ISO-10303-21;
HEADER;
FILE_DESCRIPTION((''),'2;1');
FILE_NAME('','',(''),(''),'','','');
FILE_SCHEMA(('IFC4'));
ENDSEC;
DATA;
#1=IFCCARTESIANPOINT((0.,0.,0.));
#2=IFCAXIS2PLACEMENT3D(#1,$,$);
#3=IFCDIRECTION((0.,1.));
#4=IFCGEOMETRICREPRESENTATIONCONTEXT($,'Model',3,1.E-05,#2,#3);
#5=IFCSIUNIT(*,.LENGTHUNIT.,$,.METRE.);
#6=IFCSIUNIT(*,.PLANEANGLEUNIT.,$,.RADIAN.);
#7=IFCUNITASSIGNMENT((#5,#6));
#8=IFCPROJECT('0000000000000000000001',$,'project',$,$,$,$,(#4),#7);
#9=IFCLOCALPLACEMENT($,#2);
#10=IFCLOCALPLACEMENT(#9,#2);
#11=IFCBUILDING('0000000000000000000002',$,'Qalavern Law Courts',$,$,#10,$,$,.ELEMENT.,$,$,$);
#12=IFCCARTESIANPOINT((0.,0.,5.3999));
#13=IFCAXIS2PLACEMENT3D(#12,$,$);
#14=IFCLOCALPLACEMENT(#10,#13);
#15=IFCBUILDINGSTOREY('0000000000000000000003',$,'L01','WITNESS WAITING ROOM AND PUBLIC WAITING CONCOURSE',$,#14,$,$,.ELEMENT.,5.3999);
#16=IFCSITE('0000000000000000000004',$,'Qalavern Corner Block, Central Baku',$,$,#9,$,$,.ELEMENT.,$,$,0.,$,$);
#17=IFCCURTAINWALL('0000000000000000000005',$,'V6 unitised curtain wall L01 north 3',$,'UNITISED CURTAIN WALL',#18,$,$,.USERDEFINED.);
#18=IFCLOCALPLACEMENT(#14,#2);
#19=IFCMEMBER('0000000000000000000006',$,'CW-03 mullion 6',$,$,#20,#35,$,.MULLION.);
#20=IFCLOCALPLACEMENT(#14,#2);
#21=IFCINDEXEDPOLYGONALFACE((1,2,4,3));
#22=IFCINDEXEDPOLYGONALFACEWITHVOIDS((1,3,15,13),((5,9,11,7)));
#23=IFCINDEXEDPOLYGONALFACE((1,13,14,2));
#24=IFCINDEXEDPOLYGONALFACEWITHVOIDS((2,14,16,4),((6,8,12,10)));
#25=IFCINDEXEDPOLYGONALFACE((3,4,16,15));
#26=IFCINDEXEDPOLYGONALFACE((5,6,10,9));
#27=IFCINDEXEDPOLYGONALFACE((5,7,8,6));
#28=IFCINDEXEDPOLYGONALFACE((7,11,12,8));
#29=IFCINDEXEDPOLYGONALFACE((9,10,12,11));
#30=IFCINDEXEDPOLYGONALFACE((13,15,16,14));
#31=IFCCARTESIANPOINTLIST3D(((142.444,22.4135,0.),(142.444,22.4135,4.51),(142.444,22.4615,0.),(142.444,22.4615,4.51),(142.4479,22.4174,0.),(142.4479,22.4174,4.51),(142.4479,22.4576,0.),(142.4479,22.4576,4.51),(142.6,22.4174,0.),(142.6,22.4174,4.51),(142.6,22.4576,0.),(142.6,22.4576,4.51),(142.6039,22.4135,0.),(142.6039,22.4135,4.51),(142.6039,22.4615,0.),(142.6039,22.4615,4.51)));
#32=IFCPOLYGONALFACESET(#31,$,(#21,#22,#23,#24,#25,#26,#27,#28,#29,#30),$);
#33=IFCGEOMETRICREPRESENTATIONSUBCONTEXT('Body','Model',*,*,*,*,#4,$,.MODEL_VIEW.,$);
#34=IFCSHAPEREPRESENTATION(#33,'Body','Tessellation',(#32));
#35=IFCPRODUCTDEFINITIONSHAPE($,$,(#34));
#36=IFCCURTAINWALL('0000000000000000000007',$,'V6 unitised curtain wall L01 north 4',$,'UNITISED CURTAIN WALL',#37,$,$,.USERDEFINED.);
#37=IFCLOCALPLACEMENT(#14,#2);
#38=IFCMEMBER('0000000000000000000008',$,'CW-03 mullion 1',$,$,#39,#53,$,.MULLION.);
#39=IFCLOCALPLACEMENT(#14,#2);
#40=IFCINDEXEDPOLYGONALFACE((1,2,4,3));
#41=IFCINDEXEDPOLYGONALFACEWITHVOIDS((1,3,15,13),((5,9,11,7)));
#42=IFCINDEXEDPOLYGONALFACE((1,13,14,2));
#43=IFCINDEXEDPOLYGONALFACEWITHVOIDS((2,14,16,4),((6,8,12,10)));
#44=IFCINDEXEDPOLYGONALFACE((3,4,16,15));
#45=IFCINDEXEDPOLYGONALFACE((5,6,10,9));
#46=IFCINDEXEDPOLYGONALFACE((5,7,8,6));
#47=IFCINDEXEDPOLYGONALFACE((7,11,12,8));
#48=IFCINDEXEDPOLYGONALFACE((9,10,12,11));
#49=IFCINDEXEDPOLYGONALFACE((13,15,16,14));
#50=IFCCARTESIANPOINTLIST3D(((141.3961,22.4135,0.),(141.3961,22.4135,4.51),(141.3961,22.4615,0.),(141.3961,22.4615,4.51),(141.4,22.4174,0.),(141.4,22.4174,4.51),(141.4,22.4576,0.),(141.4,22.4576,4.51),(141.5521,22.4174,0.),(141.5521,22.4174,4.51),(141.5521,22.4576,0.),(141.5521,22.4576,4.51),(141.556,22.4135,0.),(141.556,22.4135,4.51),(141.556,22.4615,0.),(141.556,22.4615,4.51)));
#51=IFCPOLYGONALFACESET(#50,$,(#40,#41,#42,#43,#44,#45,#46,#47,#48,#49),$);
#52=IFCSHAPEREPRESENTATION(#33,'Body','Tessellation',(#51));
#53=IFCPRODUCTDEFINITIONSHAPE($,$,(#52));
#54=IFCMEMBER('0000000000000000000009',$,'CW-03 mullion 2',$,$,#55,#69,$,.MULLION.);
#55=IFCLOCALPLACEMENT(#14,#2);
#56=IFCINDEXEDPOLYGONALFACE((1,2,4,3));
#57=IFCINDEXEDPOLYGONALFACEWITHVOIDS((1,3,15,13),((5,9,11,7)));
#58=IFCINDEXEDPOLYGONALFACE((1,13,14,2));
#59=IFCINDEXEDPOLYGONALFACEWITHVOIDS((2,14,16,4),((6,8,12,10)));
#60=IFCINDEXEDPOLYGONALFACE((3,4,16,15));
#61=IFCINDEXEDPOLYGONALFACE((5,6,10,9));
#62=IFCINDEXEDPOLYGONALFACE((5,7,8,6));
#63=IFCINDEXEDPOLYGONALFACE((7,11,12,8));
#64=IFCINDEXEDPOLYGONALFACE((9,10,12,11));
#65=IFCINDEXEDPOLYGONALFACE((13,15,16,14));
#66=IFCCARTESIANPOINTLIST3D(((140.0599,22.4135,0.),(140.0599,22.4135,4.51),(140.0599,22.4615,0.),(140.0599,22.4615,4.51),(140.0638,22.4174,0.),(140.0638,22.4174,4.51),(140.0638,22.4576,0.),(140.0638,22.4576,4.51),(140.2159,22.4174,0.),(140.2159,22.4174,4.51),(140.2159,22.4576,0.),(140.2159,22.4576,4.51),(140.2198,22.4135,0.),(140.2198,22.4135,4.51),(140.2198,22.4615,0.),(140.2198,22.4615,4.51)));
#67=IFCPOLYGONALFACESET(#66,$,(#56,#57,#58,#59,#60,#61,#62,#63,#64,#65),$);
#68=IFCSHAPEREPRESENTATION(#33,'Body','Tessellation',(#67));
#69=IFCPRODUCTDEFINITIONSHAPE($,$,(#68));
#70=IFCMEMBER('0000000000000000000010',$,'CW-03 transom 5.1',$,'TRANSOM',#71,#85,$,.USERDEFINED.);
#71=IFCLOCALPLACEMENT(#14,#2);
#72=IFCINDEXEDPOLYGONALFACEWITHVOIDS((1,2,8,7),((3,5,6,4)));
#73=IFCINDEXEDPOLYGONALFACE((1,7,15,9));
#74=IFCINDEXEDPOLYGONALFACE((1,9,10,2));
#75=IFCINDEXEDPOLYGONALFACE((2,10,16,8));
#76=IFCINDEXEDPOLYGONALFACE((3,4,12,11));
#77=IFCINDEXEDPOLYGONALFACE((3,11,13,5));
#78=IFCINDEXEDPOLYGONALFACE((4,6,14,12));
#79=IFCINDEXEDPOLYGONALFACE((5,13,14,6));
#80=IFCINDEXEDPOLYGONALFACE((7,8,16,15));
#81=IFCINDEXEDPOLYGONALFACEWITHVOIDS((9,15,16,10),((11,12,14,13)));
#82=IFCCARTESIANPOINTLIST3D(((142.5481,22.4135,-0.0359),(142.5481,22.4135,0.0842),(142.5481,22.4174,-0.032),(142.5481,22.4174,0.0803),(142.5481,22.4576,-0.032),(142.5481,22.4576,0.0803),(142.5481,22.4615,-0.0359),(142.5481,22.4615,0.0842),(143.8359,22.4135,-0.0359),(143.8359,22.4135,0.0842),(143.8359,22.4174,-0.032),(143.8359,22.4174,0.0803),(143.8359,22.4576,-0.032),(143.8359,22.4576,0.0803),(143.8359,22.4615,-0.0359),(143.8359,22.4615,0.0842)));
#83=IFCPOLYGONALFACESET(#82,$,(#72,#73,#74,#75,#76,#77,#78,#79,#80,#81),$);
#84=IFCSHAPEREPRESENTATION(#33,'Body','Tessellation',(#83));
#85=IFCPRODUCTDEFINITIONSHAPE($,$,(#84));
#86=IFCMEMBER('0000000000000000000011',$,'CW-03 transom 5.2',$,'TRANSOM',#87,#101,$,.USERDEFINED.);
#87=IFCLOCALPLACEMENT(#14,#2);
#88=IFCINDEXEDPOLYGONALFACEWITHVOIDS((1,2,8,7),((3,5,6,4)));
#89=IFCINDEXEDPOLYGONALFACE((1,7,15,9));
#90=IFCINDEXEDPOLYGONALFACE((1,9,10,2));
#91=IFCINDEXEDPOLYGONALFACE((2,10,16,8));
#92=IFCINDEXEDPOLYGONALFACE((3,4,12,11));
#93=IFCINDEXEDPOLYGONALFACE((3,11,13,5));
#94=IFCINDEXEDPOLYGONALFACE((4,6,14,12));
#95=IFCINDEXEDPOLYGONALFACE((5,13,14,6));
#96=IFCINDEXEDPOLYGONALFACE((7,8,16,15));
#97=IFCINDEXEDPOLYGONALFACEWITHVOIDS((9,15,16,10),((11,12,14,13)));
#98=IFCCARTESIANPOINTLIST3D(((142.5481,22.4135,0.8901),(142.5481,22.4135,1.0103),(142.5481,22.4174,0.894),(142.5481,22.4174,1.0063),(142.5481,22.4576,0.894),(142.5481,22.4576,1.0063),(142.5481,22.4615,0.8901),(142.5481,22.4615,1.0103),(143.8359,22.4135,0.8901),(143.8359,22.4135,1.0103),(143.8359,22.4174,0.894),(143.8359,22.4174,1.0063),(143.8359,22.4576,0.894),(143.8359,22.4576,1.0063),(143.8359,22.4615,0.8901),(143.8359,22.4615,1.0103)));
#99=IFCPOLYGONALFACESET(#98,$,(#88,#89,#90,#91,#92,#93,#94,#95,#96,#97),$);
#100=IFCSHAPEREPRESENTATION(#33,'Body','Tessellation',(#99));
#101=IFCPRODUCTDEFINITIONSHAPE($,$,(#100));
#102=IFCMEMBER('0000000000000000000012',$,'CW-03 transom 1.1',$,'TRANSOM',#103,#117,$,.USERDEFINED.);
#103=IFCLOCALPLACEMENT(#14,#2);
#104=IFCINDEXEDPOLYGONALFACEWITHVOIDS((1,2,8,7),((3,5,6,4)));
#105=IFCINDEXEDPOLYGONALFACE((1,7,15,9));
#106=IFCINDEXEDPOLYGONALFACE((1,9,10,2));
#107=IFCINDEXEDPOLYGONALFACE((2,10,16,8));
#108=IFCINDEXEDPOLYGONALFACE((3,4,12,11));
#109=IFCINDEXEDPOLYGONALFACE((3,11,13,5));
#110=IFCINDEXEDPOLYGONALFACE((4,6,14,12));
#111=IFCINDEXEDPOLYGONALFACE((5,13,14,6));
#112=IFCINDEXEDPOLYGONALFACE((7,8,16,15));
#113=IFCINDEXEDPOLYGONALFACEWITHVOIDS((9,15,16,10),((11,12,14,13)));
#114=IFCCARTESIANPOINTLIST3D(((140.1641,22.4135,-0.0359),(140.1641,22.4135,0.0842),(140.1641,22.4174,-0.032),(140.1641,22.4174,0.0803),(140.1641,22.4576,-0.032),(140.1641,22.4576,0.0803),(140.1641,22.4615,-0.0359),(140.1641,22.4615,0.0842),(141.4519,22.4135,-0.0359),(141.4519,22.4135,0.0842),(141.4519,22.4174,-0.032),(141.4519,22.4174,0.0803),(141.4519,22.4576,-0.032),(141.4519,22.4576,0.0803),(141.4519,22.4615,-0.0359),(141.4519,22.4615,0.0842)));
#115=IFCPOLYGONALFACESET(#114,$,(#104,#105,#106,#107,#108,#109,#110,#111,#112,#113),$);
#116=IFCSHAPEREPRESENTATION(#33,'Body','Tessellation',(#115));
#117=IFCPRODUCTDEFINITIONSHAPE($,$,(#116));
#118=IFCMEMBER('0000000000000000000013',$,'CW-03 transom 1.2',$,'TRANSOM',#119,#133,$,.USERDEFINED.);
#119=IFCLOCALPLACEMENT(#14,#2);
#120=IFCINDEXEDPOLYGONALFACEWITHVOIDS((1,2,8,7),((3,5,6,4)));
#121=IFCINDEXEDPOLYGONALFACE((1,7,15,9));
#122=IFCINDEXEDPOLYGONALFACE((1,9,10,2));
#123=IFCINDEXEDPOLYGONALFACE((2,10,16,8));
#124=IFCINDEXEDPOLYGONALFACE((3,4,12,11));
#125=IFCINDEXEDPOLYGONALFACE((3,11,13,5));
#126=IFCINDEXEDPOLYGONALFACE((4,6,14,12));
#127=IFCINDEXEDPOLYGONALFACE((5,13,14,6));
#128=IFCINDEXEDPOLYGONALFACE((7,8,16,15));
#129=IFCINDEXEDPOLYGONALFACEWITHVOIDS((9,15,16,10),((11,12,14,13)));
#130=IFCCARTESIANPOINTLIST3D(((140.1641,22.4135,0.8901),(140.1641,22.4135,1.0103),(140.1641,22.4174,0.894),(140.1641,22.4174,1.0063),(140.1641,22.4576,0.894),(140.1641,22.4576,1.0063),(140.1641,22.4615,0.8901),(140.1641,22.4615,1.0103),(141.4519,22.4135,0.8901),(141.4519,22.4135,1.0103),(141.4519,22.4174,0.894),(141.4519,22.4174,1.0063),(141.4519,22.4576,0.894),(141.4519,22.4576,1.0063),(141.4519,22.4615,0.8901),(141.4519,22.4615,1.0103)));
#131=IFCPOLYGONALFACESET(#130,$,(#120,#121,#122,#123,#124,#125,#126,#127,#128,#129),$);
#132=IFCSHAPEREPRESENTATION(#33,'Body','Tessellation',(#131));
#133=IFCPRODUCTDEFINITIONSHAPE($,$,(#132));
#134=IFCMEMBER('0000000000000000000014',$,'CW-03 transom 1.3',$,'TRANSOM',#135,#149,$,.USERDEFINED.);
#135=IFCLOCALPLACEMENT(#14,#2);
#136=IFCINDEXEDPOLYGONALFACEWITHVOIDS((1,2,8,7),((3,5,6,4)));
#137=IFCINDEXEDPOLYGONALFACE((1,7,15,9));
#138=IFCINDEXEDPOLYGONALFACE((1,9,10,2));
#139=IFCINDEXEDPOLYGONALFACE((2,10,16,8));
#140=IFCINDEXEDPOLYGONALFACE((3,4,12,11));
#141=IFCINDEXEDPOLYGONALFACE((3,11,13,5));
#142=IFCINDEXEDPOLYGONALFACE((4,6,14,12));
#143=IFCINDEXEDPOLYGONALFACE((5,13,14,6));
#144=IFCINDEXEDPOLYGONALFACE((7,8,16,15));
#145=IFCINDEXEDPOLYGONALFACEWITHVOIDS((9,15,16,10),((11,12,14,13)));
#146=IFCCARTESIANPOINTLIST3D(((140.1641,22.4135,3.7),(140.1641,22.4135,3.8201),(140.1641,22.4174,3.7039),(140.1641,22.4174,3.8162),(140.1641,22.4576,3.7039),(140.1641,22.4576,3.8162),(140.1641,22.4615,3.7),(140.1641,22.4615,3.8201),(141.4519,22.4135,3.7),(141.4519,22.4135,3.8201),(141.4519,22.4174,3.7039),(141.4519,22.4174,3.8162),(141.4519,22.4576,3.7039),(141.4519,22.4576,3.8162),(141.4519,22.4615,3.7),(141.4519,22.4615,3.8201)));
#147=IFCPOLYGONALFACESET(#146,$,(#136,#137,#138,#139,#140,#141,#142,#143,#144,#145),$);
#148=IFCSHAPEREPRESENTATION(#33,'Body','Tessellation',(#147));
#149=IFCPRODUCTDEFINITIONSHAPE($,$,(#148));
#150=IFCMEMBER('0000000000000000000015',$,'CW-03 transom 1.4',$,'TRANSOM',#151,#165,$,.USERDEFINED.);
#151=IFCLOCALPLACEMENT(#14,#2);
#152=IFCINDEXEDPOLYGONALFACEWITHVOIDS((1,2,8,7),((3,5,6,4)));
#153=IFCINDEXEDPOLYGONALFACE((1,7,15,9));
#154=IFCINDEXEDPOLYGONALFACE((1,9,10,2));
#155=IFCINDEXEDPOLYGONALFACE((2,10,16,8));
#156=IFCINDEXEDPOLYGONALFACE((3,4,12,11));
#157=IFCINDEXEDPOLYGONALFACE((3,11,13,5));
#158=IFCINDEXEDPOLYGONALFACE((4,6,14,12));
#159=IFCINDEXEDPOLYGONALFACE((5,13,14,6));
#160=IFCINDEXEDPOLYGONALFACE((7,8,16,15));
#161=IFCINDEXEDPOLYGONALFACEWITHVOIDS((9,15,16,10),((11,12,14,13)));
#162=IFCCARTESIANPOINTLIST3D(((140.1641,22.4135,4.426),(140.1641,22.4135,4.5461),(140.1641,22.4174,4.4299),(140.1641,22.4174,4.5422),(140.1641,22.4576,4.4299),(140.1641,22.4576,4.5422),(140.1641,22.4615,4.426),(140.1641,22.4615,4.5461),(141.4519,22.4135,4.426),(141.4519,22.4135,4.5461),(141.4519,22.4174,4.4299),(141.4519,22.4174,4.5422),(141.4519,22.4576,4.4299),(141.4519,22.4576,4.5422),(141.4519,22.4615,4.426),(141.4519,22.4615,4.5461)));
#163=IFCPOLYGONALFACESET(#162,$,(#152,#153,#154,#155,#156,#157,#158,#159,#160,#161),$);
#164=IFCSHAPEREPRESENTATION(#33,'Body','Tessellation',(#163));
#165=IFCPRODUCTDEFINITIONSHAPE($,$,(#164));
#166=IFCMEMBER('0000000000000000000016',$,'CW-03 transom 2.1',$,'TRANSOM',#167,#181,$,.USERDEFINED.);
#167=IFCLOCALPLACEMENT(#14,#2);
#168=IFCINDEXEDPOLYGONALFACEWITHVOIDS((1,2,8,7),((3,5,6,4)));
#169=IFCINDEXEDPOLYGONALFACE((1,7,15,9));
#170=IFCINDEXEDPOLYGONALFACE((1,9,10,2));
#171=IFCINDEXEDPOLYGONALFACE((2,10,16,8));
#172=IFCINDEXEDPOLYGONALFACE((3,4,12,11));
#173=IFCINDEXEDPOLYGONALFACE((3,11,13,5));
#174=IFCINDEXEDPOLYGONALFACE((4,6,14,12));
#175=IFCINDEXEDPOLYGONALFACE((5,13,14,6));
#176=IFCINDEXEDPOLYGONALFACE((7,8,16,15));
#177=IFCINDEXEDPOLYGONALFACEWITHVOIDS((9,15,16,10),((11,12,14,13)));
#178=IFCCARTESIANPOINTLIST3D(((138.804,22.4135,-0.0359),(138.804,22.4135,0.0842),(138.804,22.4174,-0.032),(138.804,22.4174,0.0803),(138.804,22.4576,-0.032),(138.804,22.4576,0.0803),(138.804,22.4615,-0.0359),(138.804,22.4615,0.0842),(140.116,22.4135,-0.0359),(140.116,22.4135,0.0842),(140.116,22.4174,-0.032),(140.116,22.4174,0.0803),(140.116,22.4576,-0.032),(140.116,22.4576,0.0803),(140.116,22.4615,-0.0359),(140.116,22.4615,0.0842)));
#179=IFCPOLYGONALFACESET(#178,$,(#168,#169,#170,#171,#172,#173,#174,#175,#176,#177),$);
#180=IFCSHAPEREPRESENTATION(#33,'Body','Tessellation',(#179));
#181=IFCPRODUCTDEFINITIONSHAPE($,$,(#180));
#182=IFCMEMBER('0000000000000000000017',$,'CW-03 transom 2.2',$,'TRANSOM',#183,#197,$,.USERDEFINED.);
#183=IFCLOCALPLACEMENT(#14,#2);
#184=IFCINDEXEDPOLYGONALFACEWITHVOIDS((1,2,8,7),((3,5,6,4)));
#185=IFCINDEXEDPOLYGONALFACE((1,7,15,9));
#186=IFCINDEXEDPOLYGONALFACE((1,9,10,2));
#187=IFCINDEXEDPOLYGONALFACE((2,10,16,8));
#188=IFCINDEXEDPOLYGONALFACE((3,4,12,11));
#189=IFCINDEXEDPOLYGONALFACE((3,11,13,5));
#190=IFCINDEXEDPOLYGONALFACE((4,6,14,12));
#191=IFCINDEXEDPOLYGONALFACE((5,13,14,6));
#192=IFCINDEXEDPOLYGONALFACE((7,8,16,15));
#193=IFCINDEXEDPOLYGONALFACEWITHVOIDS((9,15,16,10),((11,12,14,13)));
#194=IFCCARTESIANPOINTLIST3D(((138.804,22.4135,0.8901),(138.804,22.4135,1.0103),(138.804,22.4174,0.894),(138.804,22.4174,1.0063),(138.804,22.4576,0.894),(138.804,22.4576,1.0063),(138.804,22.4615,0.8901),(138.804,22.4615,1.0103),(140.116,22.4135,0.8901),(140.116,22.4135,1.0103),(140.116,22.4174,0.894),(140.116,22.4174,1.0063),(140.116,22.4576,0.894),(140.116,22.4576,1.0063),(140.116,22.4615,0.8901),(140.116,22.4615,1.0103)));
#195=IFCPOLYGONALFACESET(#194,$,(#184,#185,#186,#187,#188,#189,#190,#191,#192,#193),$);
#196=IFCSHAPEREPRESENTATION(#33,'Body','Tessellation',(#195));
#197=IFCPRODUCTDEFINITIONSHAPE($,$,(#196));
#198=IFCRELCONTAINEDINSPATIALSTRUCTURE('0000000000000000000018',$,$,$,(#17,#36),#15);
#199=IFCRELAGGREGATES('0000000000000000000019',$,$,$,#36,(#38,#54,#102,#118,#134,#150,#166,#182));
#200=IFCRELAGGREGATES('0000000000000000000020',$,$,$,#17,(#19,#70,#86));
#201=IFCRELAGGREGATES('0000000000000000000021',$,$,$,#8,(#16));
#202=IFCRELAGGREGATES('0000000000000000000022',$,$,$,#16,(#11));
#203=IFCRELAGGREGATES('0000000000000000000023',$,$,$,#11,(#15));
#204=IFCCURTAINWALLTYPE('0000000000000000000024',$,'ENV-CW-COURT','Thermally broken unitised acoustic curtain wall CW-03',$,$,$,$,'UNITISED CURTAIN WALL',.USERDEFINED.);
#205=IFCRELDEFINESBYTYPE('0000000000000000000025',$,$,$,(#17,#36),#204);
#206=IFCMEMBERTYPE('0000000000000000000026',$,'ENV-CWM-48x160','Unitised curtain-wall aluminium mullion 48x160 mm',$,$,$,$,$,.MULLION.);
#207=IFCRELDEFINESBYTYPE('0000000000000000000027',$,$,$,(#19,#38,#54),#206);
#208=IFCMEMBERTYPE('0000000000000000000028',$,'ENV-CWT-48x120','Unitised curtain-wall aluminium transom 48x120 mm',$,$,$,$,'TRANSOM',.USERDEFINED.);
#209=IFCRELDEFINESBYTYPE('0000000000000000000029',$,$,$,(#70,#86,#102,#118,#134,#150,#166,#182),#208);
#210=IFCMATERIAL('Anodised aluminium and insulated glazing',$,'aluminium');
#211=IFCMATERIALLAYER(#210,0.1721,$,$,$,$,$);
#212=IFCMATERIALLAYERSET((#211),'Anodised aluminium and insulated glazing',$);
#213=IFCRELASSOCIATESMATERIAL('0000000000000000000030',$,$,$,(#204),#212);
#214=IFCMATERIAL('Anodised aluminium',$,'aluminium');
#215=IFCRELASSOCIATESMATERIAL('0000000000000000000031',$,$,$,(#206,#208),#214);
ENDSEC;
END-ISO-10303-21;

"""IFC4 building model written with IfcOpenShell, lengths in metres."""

from ifc_helpers import new_model, si_unit, direction, frame, origin, origin_2d, place, context, subcontext, project, spatial, hollow_rectangle, extrude, material, layer, layer_set, material_profile, profile_set, type_object, element, aggregate, save


model = new_model("IFC4")

# Units and contexts
model_context = context("Model", 3, precision=1e-05, world=origin(), true_north=direction((0.0, 1.0)))
body_context = subcontext(model_context, "Body", "Model", "MODEL_VIEW")
ifc_project = project(units=[si_unit("LENGTHUNIT", "METRE"), si_unit("PLANEANGLEUNIT", "RADIAN")], contexts=[model_context])

# Site, building, storey
site_placement = place(None, origin())
site = spatial("IfcSite", under=ifc_project, at=site_placement, Name="Qalavern Corner Block, Central Baku", CompositionType="ELEMENT", RefElevation=0.0)
building_placement = place(site_placement, origin())
building = spatial("IfcBuilding", under=site, at=building_placement, Name="Qalavern Law Courts", CompositionType="ELEMENT")
storey_placement = place(building_placement, frame((0.0, 0.0, 5.3999)))
storey = spatial("IfcBuildingStorey", under=building, at=storey_placement, Name="L01", Description="WITNESS WAITING ROOM AND PUBLIC WAITING CONCOURSE", CompositionType="ELEMENT", Elevation=5.3999)

# Curtain wall, member
ifc_material_1 = material(Name="Anodised aluminium and insulated glazing", Category="aluminium")
ifc_layer_1 = layer(ifc_material_1, 0.1721)
ifc_layer_set_1 = layer_set([ifc_layer_1], Name="Anodised aluminium and insulated glazing")
curtain_wall_type = type_object("IfcCurtainWallType", Name="ENV-CW-COURT", Description="Thermally broken unitised acoustic curtain wall CW-03", ElementType="UNITISED CURTAIN WALL", PredefinedType="USERDEFINED", material=ifc_layer_set_1)
curtain_wall_1_placement = place(storey_placement, origin())
curtain_wall_1 = element("IfcCurtainWall", 1, at=curtain_wall_1_placement, inside=storey, type_object=curtain_wall_type, Name="V6 unitised curtain wall L01 north 3", ObjectType="UNITISED CURTAIN WALL", PredefinedType="USERDEFINED")
ifc_material_2 = material(Name="Anodised aluminium", Category="aluminium")
ifc_material_profile_1 = material_profile(ifc_material_2, hollow_rectangle(XDim=0.0481, YDim=0.1599, WallThickness=0.0039, at=origin_2d()), Name="ALU MULLION 48x160")
ifc_profile_set_1 = profile_set([ifc_material_profile_1], Name="Anodised aluminium")
member_type_1 = type_object("IfcMemberType", Name="ENV-CWM-48x160", Description="Unitised curtain-wall aluminium mullion 48x160 mm", PredefinedType="MULLION", material=ifc_profile_set_1)
member_1_placement = place(storey_placement, frame((142.5239, 22.4375, 0.0), z_axis=(0.0, 0.0, 1.0), x_axis=(0.0, -1.0, 0.0)))
member_1 = element("IfcMember", 2, at=member_1_placement, type_object=member_type_1, Name="CW-03 mullion 6", PredefinedType="MULLION", context=body_context, shape_type="SweptSolid", body=[
    extrude(hollow_rectangle(XDim=0.0481, YDim=0.1599, WallThickness=0.0039, at=origin_2d()), origin(), (0.0, 0.0, 1.0), 4.51),
])

# Curtain wall, members
curtain_wall_2_placement = place(storey_placement, origin())
curtain_wall_2 = element("IfcCurtainWall", 3, at=curtain_wall_2_placement, inside=storey, type_object=curtain_wall_type, Name="V6 unitised curtain wall L01 north 4", ObjectType="UNITISED CURTAIN WALL", PredefinedType="USERDEFINED")
member_2_placement = place(storey_placement, frame((141.4761, 22.4375, 0.0), z_axis=(0.0, 0.0, 1.0), x_axis=(0.0, -1.0, 0.0)))
member_2 = element("IfcMember", 4, at=member_2_placement, type_object=member_type_1, Name="CW-03 mullion 1", PredefinedType="MULLION", context=body_context, shape_type="SweptSolid", body=[
    extrude(hollow_rectangle(XDim=0.0481, YDim=0.1599, WallThickness=0.0039, at=origin_2d()), origin(), (0.0, 0.0, 1.0), 4.51),
])
member_3_placement = place(storey_placement, frame((140.1399, 22.4375, 0.0), z_axis=(0.0, 0.0, 1.0), x_axis=(0.0, -1.0, 0.0)))
member_3 = element("IfcMember", 5, at=member_3_placement, type_object=member_type_1, Name="CW-03 mullion 2", PredefinedType="MULLION", context=body_context, shape_type="SweptSolid", body=[
    extrude(hollow_rectangle(XDim=0.0481, YDim=0.1599, WallThickness=0.0039, at=origin_2d()), origin(), (0.0, 0.0, 1.0), 4.51),
])

# Members
ifc_material_profile_2 = material_profile(ifc_material_2, hollow_rectangle(XDim=0.0481, YDim=0.1201, WallThickness=0.0039, at=origin_2d()), Name="ALU TRANSOM 48x120")
ifc_profile_set_2 = profile_set([ifc_material_profile_2], Name="Anodised aluminium")
member_type_2 = type_object("IfcMemberType", Name="ENV-CWT-48x120", Description="Unitised curtain-wall aluminium transom 48x120 mm", ElementType="TRANSOM", PredefinedType="USERDEFINED", material=ifc_profile_set_2)
member_4_placement = place(storey_placement, frame((143.8359, 22.4375, 0.0242), z_axis=(-1.0, 0.0, 0.0), x_axis=(0.0, -1.0, 0.0)))
member_4 = element("IfcMember", 6, at=member_4_placement, type_object=member_type_2, Name="CW-03 transom 5.1", ObjectType="TRANSOM", PredefinedType="USERDEFINED", context=body_context, shape_type="SweptSolid", body=[
    extrude(hollow_rectangle(XDim=0.0481, YDim=0.1201, WallThickness=0.0039, at=origin_2d()), origin(), (0.0, 0.0, 1.0), 1.2878),
])
member_5_placement = place(storey_placement, frame((143.8359, 22.4375, 0.9502), z_axis=(-1.0, 0.0, 0.0), x_axis=(0.0, -1.0, 0.0)))
member_5 = element("IfcMember", 7, at=member_5_placement, type_object=member_type_2, Name="CW-03 transom 5.2", ObjectType="TRANSOM", PredefinedType="USERDEFINED", context=body_context, shape_type="SweptSolid", body=[
    extrude(hollow_rectangle(XDim=0.0481, YDim=0.1201, WallThickness=0.0039, at=origin_2d()), origin(), (0.0, 0.0, 1.0), 1.2878),
])
member_6_placement = place(storey_placement, frame((141.4519, 22.4375, 0.0242), z_axis=(-1.0, 0.0, 0.0), x_axis=(0.0, -1.0, 0.0)))
member_6 = element("IfcMember", 8, at=member_6_placement, type_object=member_type_2, Name="CW-03 transom 1.1", ObjectType="TRANSOM", PredefinedType="USERDEFINED", context=body_context, shape_type="SweptSolid", body=[
    extrude(hollow_rectangle(XDim=0.0481, YDim=0.1201, WallThickness=0.0039, at=origin_2d()), origin(), (0.0, 0.0, 1.0), 1.2878),
])
member_7_placement = place(storey_placement, frame((141.4519, 22.4375, 0.9502), z_axis=(-1.0, 0.0, 0.0), x_axis=(0.0, -1.0, 0.0)))
member_7 = element("IfcMember", 9, at=member_7_placement, type_object=member_type_2, Name="CW-03 transom 1.2", ObjectType="TRANSOM", PredefinedType="USERDEFINED", context=body_context, shape_type="SweptSolid", body=[
    extrude(hollow_rectangle(XDim=0.0481, YDim=0.1201, WallThickness=0.0039, at=origin_2d()), origin(), (0.0, 0.0, 1.0), 1.2878),
])
member_8_placement = place(storey_placement, frame((141.4519, 22.4375, 3.76), z_axis=(-1.0, 0.0, 0.0), x_axis=(0.0, -1.0, 0.0)))
member_8 = element("IfcMember", 10, at=member_8_placement, type_object=member_type_2, Name="CW-03 transom 1.3", ObjectType="TRANSOM", PredefinedType="USERDEFINED", context=body_context, shape_type="SweptSolid", body=[
    extrude(hollow_rectangle(XDim=0.0481, YDim=0.1201, WallThickness=0.0039, at=origin_2d()), origin(), (0.0, 0.0, 1.0), 1.2878),
])
member_9_placement = place(storey_placement, frame((141.4519, 22.4375, 4.4861), z_axis=(-1.0, 0.0, 0.0), x_axis=(0.0, -1.0, 0.0)))
member_9 = element("IfcMember", 11, at=member_9_placement, type_object=member_type_2, Name="CW-03 transom 1.4", ObjectType="TRANSOM", PredefinedType="USERDEFINED", context=body_context, shape_type="SweptSolid", body=[
    extrude(hollow_rectangle(XDim=0.0481, YDim=0.1201, WallThickness=0.0039, at=origin_2d()), origin(), (0.0, 0.0, 1.0), 1.2878),
])
member_10_placement = place(storey_placement, frame((140.116, 22.4375, 0.0242), z_axis=(-1.0, 0.0, 0.0), x_axis=(0.0, -1.0, 0.0)))
member_10 = element("IfcMember", 12, at=member_10_placement, type_object=member_type_2, Name="CW-03 transom 2.1", ObjectType="TRANSOM", PredefinedType="USERDEFINED", context=body_context, shape_type="SweptSolid", body=[
    extrude(hollow_rectangle(XDim=0.0481, YDim=0.1201, WallThickness=0.0039, at=origin_2d()), origin(), (0.0, 0.0, 1.0), 1.312),
])
member_11_placement = place(storey_placement, frame((140.116, 22.4375, 0.9502), z_axis=(-1.0, 0.0, 0.0), x_axis=(0.0, -1.0, 0.0)))
member_11 = element("IfcMember", 13, at=member_11_placement, type_object=member_type_2, Name="CW-03 transom 2.2", ObjectType="TRANSOM", PredefinedType="USERDEFINED", context=body_context, shape_type="SweptSolid", body=[
    extrude(hollow_rectangle(XDim=0.0481, YDim=0.1201, WallThickness=0.0039, at=origin_2d()), origin(), (0.0, 0.0, 1.0), 1.312),
])

aggregate(curtain_wall_2, [member_2, member_3, member_6, member_7, member_8, member_9, member_10, member_11])
aggregate(curtain_wall_1, [member_1, member_4, member_5])

save(model, "model.ifc")
